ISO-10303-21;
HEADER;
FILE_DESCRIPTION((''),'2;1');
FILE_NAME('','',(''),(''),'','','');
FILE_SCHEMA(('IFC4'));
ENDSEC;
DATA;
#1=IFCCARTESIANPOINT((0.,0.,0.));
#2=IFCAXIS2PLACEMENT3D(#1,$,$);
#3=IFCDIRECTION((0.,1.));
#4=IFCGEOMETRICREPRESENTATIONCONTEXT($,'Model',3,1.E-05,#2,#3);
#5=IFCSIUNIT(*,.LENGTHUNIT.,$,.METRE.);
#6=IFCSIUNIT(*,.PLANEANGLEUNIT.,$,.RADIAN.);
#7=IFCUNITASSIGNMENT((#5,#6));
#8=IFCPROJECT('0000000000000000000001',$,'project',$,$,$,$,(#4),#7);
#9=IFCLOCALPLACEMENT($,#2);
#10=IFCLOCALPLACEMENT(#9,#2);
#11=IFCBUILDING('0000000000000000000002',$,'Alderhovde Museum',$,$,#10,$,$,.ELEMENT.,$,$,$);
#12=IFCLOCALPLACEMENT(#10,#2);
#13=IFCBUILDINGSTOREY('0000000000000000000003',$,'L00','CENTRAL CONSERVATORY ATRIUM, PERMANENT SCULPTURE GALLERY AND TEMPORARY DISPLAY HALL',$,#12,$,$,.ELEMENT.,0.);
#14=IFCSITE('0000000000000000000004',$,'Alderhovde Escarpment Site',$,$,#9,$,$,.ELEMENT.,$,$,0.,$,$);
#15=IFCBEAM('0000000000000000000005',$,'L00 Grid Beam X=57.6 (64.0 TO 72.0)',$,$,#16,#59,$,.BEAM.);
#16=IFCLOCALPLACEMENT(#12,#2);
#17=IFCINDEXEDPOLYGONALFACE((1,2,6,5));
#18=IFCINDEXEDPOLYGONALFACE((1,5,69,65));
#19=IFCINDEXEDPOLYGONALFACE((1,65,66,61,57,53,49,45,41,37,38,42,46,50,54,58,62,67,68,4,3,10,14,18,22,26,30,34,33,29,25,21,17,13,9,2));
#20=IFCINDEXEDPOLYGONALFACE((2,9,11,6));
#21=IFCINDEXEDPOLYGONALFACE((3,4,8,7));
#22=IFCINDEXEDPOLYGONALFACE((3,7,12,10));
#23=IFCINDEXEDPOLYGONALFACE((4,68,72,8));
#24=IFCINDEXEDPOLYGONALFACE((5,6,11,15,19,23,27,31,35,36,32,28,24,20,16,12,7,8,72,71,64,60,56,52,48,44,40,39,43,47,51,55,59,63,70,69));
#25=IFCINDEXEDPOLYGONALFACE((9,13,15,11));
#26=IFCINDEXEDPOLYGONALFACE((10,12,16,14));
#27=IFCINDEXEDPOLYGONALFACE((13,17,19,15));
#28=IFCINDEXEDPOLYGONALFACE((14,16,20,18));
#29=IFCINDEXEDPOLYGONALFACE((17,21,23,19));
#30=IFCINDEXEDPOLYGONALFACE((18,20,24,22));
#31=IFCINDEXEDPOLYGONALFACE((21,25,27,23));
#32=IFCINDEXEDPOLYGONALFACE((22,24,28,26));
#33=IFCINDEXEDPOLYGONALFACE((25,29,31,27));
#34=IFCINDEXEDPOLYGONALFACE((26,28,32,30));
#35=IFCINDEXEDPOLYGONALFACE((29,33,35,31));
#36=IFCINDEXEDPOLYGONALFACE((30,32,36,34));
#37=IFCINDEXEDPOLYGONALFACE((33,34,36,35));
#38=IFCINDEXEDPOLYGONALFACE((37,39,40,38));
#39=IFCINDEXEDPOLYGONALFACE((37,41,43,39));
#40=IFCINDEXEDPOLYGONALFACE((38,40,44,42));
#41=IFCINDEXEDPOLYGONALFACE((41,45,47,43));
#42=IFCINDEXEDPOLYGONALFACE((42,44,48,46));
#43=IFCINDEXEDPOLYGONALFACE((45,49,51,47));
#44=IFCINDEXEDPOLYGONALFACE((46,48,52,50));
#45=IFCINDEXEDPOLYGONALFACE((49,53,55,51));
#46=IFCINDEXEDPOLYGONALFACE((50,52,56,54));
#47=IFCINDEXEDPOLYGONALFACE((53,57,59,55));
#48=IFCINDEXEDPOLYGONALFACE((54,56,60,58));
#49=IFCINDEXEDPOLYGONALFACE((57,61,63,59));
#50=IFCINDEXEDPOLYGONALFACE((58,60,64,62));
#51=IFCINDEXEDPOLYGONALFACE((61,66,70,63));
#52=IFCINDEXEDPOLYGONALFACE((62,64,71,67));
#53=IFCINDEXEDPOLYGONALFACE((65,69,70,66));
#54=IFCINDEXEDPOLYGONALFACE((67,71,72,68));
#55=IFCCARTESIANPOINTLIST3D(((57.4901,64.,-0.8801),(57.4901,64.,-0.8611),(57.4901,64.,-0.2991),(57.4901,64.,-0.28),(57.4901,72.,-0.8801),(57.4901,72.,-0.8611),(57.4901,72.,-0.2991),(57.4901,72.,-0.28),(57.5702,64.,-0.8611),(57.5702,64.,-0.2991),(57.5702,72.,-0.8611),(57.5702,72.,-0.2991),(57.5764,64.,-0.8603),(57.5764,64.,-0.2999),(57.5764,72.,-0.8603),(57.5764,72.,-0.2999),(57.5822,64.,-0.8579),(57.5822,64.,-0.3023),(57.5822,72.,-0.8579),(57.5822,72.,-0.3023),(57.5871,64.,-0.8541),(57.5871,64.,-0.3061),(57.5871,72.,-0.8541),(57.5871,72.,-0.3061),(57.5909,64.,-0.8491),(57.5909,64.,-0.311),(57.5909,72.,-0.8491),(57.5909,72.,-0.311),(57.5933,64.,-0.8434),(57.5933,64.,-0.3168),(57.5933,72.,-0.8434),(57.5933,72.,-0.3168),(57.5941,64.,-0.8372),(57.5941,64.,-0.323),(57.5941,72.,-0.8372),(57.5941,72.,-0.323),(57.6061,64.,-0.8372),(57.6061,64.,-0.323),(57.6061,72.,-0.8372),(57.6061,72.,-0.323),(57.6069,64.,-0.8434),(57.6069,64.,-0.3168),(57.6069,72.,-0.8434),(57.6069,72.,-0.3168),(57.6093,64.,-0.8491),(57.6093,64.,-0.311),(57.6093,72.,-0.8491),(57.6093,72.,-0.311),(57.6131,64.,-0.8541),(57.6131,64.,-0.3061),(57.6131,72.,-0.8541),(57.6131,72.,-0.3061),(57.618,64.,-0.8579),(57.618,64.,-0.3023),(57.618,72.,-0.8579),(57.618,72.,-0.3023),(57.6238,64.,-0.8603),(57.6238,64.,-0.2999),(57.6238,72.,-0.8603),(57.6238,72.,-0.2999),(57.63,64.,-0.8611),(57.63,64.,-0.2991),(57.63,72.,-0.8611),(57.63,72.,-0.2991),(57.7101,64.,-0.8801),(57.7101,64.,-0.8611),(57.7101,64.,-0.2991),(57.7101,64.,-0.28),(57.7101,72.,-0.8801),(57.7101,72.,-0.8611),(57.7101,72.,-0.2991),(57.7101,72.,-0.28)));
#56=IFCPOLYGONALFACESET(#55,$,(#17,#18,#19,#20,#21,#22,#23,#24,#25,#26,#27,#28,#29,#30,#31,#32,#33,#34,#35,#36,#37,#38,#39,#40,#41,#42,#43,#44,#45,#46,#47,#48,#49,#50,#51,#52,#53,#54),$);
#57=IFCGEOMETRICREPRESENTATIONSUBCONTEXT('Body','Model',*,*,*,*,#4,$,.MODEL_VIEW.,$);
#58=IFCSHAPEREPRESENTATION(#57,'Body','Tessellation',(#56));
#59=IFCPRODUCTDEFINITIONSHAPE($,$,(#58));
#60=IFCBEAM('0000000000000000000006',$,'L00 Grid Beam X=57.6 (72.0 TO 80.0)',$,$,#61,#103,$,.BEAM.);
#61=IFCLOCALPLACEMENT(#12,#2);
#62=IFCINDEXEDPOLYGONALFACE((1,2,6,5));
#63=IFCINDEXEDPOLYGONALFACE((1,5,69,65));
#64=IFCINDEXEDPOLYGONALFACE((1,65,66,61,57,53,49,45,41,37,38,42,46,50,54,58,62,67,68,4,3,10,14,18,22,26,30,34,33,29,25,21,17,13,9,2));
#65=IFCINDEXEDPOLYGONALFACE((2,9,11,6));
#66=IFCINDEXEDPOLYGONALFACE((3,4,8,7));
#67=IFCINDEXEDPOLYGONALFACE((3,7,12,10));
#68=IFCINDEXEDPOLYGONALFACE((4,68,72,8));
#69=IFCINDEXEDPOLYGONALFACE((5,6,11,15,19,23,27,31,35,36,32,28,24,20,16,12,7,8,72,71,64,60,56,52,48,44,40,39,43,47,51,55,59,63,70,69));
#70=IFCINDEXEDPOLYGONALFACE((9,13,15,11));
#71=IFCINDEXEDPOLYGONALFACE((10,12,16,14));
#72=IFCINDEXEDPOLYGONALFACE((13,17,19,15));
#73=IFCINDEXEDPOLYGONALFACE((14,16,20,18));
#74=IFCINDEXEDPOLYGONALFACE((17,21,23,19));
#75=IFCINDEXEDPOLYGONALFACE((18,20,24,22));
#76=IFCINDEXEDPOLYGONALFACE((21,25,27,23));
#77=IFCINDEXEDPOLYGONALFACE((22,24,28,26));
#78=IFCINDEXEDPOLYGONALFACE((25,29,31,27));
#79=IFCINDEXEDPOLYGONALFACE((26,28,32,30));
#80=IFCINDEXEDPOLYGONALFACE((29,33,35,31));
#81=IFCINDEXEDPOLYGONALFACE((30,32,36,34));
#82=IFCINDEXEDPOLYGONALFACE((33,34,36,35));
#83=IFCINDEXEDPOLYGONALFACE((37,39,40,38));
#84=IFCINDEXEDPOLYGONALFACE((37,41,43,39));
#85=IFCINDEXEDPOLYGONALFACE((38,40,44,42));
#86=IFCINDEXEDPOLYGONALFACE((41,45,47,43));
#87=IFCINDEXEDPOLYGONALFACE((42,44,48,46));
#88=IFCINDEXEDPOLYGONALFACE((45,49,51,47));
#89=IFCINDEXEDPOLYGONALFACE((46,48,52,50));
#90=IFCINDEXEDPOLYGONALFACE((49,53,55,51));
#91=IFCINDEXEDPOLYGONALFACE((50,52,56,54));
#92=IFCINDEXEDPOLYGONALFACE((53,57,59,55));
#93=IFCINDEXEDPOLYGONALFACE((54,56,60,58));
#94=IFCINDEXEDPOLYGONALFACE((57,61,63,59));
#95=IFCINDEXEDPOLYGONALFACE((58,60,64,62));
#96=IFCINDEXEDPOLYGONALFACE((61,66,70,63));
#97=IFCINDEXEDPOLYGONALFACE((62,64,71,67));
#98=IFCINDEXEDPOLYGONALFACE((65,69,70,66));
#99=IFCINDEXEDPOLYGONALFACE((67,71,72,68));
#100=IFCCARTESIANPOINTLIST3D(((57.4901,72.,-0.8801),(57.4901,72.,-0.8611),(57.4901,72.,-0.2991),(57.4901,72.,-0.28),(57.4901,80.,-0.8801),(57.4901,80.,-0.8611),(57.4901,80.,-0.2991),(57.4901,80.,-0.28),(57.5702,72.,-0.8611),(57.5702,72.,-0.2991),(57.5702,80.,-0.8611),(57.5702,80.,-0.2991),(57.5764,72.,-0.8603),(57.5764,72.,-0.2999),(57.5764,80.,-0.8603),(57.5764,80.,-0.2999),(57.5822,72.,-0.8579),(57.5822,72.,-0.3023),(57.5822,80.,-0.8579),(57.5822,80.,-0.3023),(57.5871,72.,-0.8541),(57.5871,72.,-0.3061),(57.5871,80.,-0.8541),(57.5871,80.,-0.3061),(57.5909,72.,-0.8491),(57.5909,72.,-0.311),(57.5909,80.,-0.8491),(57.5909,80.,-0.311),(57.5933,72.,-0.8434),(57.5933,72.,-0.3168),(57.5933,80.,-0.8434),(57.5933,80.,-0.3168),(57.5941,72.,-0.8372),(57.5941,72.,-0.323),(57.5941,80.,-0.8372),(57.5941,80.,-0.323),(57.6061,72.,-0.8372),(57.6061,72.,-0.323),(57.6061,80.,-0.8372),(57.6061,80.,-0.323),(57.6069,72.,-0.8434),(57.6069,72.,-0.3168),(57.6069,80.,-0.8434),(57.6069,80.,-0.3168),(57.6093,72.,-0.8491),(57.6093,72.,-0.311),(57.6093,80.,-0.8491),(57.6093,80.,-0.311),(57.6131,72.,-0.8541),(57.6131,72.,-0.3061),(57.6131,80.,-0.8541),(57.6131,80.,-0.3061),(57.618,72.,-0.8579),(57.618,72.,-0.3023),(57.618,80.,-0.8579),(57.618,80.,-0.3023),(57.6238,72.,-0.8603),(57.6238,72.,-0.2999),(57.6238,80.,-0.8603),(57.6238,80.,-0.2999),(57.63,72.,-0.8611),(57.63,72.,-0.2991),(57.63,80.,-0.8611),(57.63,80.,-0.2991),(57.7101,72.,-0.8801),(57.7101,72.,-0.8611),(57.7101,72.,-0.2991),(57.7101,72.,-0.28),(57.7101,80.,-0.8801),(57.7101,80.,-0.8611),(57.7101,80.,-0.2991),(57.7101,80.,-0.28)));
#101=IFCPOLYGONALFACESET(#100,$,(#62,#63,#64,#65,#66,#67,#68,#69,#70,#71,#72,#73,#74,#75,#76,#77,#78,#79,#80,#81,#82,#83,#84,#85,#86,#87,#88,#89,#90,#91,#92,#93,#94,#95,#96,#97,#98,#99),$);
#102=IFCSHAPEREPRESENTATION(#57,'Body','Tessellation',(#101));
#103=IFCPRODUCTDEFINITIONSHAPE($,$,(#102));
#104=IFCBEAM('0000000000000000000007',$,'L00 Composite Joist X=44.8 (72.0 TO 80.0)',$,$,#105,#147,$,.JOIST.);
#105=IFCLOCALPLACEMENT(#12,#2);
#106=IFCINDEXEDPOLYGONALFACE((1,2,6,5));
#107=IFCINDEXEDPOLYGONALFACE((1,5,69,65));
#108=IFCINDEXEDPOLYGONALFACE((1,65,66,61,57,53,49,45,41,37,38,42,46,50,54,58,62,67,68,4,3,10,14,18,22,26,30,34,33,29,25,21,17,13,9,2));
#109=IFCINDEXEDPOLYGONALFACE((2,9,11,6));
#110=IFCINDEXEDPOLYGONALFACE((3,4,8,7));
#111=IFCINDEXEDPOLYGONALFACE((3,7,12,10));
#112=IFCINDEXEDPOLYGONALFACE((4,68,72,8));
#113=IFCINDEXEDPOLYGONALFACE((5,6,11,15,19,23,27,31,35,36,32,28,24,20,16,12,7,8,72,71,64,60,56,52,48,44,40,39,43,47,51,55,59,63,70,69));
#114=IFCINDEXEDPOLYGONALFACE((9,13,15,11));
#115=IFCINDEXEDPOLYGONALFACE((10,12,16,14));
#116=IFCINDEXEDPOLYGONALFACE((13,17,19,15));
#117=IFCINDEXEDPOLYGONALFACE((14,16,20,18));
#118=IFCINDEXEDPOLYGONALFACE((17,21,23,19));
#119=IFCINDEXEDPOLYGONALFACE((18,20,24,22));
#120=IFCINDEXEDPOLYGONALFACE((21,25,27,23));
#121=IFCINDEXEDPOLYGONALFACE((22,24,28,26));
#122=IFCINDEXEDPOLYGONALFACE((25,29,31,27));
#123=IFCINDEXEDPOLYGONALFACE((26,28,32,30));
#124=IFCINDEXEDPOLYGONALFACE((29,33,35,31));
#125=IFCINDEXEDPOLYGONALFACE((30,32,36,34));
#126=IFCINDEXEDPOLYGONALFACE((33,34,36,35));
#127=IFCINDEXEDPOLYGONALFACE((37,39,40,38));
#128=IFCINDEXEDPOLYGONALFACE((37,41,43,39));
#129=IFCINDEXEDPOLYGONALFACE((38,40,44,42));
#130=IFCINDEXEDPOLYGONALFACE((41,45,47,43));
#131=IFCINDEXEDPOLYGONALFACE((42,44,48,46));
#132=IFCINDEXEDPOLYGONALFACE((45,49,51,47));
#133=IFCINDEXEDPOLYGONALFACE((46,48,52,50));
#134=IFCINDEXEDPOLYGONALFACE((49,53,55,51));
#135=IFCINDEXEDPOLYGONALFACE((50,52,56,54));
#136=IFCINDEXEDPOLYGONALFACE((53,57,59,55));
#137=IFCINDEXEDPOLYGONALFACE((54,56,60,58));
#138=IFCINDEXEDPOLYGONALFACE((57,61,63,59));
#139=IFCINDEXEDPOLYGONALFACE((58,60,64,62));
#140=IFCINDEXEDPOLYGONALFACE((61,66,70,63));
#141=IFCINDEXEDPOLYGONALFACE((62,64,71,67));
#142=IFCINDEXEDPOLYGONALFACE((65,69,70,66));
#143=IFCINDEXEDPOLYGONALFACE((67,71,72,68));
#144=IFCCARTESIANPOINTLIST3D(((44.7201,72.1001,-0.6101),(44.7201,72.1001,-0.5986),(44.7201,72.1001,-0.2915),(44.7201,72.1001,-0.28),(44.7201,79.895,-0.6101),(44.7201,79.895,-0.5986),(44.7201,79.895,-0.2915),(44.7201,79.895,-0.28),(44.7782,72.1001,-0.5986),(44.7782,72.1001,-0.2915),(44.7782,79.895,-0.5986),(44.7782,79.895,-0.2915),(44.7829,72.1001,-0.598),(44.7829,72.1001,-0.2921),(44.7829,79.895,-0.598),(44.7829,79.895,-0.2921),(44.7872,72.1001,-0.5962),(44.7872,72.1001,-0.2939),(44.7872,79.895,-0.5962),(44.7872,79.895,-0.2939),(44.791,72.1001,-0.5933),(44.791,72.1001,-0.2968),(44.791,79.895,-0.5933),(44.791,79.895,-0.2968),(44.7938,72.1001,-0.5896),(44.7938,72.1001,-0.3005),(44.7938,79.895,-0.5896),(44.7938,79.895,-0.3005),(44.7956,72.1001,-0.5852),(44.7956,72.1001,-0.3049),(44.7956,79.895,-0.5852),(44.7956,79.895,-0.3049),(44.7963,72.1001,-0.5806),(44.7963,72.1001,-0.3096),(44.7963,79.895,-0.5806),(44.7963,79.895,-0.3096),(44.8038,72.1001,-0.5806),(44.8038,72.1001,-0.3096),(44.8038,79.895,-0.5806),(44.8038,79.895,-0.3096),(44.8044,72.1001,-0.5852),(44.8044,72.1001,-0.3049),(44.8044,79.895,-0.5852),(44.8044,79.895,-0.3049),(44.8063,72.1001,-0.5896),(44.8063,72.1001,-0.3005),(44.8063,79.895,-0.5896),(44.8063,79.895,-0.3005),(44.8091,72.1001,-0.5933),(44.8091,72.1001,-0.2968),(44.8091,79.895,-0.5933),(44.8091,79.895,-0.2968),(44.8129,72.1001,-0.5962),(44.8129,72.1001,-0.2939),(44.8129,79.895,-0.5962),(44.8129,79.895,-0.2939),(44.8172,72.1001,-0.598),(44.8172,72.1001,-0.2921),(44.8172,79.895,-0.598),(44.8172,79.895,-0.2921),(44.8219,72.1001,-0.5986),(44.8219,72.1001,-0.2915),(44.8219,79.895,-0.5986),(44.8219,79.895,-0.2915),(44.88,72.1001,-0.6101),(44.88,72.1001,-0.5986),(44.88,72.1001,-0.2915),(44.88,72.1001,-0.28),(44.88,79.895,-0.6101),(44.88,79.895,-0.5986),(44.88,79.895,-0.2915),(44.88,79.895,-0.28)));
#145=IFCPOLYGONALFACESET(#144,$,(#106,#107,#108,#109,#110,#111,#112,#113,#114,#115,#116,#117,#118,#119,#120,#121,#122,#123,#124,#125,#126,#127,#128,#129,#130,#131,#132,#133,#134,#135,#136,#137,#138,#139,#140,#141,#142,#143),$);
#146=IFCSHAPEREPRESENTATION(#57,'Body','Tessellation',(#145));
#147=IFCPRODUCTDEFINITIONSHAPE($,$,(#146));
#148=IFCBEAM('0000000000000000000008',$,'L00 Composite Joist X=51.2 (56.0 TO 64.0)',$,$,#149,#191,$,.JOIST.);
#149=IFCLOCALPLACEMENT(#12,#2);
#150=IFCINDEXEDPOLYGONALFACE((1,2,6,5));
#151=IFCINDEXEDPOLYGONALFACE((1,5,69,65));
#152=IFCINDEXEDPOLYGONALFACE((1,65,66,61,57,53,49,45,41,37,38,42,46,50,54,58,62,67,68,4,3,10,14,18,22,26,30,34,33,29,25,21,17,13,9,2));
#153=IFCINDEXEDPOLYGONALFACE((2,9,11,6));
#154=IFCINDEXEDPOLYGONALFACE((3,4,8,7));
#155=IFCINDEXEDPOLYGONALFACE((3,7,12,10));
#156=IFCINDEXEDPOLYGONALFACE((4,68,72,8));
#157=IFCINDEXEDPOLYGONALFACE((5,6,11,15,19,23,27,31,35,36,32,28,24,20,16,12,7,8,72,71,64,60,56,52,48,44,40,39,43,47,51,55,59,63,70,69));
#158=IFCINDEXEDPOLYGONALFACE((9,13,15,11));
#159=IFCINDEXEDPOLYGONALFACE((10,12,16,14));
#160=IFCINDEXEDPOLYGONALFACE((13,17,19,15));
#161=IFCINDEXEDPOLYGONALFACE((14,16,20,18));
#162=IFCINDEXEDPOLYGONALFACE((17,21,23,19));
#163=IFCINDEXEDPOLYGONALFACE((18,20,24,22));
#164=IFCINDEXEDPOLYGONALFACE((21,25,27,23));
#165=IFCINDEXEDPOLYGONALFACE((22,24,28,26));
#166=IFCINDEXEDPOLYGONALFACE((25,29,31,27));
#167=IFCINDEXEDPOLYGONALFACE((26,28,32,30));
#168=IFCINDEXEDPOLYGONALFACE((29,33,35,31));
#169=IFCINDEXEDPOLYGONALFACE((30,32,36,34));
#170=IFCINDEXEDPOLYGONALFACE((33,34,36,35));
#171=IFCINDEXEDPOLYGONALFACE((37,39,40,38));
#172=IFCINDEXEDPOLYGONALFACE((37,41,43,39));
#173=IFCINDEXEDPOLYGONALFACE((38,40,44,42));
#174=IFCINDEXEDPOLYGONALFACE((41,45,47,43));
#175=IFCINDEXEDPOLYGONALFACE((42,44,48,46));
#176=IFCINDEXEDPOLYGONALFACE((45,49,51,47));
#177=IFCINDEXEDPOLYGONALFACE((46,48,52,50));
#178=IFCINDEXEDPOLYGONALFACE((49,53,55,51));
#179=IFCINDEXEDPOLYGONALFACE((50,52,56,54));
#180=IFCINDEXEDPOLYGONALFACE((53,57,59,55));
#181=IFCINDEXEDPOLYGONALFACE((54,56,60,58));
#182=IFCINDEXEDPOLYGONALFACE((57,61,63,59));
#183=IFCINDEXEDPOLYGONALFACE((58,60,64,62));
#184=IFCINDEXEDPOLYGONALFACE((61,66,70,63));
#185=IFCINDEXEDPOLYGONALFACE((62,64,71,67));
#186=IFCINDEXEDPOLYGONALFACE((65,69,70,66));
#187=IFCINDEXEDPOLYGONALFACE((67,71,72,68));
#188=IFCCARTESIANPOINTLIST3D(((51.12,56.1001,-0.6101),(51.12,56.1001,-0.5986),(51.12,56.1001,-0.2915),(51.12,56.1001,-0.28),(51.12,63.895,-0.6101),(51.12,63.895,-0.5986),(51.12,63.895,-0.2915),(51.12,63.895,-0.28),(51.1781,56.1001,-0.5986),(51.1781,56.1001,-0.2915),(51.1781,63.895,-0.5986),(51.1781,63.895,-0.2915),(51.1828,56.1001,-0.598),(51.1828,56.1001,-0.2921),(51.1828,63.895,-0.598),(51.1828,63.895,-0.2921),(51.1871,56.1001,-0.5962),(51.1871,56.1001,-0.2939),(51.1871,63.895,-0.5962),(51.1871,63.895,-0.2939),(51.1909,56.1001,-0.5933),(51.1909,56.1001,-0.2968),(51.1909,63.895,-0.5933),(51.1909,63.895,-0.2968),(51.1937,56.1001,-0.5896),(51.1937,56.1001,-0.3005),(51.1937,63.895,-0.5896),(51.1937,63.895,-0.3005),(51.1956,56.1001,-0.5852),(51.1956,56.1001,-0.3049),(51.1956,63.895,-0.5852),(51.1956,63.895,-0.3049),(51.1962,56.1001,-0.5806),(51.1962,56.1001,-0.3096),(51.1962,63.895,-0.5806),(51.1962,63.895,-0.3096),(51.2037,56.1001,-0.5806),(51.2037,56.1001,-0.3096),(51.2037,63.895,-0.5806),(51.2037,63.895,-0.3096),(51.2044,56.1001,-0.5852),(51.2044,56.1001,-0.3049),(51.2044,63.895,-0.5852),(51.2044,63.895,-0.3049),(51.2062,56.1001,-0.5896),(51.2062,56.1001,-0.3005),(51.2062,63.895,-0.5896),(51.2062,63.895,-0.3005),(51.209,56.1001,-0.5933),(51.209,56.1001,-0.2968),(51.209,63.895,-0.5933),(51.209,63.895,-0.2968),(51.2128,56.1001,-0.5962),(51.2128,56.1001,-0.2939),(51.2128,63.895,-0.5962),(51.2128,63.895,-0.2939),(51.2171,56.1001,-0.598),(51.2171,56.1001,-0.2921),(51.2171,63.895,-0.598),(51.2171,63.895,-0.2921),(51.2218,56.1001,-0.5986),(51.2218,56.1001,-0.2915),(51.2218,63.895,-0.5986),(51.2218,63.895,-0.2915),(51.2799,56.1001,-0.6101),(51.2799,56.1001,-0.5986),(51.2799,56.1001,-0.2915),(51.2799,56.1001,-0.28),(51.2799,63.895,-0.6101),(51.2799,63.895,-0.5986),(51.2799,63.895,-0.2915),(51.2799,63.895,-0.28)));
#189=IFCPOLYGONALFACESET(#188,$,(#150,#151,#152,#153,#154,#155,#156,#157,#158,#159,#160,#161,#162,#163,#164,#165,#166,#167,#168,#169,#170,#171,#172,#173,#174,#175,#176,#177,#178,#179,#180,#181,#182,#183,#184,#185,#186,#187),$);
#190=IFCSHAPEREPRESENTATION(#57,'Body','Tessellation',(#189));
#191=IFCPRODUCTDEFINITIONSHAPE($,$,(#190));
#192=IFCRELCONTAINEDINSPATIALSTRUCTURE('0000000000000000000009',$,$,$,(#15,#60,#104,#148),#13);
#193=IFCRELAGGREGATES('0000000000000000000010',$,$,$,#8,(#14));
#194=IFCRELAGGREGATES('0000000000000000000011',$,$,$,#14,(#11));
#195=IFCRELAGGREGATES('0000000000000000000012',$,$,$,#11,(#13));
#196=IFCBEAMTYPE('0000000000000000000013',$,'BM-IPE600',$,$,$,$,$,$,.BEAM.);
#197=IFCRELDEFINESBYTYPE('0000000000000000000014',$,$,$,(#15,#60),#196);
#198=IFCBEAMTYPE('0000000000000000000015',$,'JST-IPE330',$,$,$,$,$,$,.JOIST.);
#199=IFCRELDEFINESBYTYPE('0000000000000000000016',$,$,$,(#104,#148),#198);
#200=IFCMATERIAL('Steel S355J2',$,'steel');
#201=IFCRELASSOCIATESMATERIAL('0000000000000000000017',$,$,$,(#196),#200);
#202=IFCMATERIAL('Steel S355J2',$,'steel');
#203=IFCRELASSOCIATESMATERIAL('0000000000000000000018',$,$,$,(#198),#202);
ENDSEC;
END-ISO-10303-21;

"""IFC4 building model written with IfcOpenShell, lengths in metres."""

from ifc_helpers import new_model, si_unit, direction, frame, origin, origin_2d, place, context, subcontext, project, spatial, i_section, extrude, material, material_profile, profile_set, type_object, element, save


model = new_model("IFC4")

# Units and contexts
model_context = context("Model", 3, precision=1e-05, world=origin(), true_north=direction((0.0, 1.0)))
body_context = subcontext(model_context, "Body", "Model", "MODEL_VIEW")
ifc_project = project(units=[si_unit("LENGTHUNIT", "METRE"), si_unit("PLANEANGLEUNIT", "RADIAN")], contexts=[model_context])

# Site, building, storey
site_placement = place(None, origin())
site = spatial("IfcSite", under=ifc_project, at=site_placement, Name="Alderhovde Escarpment Site", CompositionType="ELEMENT", RefElevation=0.0)
building_placement = place(site_placement, origin())
building = spatial("IfcBuilding", under=site, at=building_placement, Name="Alderhovde Museum", CompositionType="ELEMENT")
storey_placement = place(building_placement, origin())
storey = spatial("IfcBuildingStorey", under=building, at=storey_placement, Name="L00", Description="CENTRAL CONSERVATORY ATRIUM, PERMANENT SCULPTURE GALLERY AND TEMPORARY DISPLAY HALL", CompositionType="ELEMENT", Elevation=0.0)

# Beams
ifc_material_1 = material(Name="Steel S355J2", Category="steel")
ifc_material_profile_1 = material_profile(ifc_material_1, i_section(OverallWidth=0.22, OverallDepth=0.6001, WebThickness=0.012, FlangeThickness=0.019, FilletRadius=0.0239, at=origin_2d()), Name="IPE 600")
ifc_profile_set_1 = profile_set([ifc_material_profile_1], Name="Steel S355J2")
beam_type_1 = type_object("IfcBeamType", Name="BM-IPE600", PredefinedType="BEAM", material=ifc_profile_set_1)
for number, where, z_axis, x_axis, name in (
    (1, (57.6001, 64.0, -0.5801), (0.0, 1.0, 0.0), (-1.0, 0.0, 0.0), "L00 Grid Beam X=57.6 (64.0 TO 72.0)"),
    (2, (57.6001, 72.0, -0.5801), (0.0, 1.0, 0.0), (-1.0, 0.0, 0.0), "L00 Grid Beam X=57.6 (72.0 TO 80.0)"),
):
    element("IfcBeam", number, at=place(storey_placement, frame(where, z_axis=z_axis, x_axis=x_axis)), inside=storey, type_object=beam_type_1, Name=name, PredefinedType="BEAM", context=body_context, shape_type="SweptSolid", body=[
        extrude(i_section(OverallWidth=0.22, OverallDepth=0.6001, WebThickness=0.012, FlangeThickness=0.019, FilletRadius=0.0239, at=origin_2d()), origin(), (0.0, 0.0, 1.0), 8.0),
    ])
ifc_material_2 = material(Name="Steel S355J2", Category="steel")
ifc_material_profile_2 = material_profile(ifc_material_2, i_section(OverallWidth=0.1599, OverallDepth=0.3301, WebThickness=0.0076, FlangeThickness=0.0115, FilletRadius=0.0181, at=origin_2d()), Name="IPE 330")
ifc_profile_set_2 = profile_set([ifc_material_profile_2], Name="Steel S355J2")
beam_type_2 = type_object("IfcBeamType", Name="JST-IPE330", PredefinedType="JOIST", material=ifc_profile_set_2)
for number, where, z_axis, x_axis, name in (
    (3, (44.8, 72.1001, -0.4451), (0.0, 1.0, 0.0), (-1.0, 0.0, 0.0), "L00 Composite Joist X=44.8 (72.0 TO 80.0)"),
    (4, (51.2, 56.1001, -0.4451), (0.0, 1.0, 0.0), (-1.0, 0.0, 0.0), "L00 Composite Joist X=51.2 (56.0 TO 64.0)"),
):
    element("IfcBeam", number, at=place(storey_placement, frame(where, z_axis=z_axis, x_axis=x_axis)), inside=storey, type_object=beam_type_2, Name=name, PredefinedType="JOIST", context=body_context, shape_type="SweptSolid", body=[
        extrude(i_section(OverallWidth=0.1599, OverallDepth=0.3301, WebThickness=0.0076, FlangeThickness=0.0115, FilletRadius=0.0181, at=origin_2d()), origin(), (0.0, 0.0, 1.0), 7.7949),
    ])

save(model, "model.ifc")
